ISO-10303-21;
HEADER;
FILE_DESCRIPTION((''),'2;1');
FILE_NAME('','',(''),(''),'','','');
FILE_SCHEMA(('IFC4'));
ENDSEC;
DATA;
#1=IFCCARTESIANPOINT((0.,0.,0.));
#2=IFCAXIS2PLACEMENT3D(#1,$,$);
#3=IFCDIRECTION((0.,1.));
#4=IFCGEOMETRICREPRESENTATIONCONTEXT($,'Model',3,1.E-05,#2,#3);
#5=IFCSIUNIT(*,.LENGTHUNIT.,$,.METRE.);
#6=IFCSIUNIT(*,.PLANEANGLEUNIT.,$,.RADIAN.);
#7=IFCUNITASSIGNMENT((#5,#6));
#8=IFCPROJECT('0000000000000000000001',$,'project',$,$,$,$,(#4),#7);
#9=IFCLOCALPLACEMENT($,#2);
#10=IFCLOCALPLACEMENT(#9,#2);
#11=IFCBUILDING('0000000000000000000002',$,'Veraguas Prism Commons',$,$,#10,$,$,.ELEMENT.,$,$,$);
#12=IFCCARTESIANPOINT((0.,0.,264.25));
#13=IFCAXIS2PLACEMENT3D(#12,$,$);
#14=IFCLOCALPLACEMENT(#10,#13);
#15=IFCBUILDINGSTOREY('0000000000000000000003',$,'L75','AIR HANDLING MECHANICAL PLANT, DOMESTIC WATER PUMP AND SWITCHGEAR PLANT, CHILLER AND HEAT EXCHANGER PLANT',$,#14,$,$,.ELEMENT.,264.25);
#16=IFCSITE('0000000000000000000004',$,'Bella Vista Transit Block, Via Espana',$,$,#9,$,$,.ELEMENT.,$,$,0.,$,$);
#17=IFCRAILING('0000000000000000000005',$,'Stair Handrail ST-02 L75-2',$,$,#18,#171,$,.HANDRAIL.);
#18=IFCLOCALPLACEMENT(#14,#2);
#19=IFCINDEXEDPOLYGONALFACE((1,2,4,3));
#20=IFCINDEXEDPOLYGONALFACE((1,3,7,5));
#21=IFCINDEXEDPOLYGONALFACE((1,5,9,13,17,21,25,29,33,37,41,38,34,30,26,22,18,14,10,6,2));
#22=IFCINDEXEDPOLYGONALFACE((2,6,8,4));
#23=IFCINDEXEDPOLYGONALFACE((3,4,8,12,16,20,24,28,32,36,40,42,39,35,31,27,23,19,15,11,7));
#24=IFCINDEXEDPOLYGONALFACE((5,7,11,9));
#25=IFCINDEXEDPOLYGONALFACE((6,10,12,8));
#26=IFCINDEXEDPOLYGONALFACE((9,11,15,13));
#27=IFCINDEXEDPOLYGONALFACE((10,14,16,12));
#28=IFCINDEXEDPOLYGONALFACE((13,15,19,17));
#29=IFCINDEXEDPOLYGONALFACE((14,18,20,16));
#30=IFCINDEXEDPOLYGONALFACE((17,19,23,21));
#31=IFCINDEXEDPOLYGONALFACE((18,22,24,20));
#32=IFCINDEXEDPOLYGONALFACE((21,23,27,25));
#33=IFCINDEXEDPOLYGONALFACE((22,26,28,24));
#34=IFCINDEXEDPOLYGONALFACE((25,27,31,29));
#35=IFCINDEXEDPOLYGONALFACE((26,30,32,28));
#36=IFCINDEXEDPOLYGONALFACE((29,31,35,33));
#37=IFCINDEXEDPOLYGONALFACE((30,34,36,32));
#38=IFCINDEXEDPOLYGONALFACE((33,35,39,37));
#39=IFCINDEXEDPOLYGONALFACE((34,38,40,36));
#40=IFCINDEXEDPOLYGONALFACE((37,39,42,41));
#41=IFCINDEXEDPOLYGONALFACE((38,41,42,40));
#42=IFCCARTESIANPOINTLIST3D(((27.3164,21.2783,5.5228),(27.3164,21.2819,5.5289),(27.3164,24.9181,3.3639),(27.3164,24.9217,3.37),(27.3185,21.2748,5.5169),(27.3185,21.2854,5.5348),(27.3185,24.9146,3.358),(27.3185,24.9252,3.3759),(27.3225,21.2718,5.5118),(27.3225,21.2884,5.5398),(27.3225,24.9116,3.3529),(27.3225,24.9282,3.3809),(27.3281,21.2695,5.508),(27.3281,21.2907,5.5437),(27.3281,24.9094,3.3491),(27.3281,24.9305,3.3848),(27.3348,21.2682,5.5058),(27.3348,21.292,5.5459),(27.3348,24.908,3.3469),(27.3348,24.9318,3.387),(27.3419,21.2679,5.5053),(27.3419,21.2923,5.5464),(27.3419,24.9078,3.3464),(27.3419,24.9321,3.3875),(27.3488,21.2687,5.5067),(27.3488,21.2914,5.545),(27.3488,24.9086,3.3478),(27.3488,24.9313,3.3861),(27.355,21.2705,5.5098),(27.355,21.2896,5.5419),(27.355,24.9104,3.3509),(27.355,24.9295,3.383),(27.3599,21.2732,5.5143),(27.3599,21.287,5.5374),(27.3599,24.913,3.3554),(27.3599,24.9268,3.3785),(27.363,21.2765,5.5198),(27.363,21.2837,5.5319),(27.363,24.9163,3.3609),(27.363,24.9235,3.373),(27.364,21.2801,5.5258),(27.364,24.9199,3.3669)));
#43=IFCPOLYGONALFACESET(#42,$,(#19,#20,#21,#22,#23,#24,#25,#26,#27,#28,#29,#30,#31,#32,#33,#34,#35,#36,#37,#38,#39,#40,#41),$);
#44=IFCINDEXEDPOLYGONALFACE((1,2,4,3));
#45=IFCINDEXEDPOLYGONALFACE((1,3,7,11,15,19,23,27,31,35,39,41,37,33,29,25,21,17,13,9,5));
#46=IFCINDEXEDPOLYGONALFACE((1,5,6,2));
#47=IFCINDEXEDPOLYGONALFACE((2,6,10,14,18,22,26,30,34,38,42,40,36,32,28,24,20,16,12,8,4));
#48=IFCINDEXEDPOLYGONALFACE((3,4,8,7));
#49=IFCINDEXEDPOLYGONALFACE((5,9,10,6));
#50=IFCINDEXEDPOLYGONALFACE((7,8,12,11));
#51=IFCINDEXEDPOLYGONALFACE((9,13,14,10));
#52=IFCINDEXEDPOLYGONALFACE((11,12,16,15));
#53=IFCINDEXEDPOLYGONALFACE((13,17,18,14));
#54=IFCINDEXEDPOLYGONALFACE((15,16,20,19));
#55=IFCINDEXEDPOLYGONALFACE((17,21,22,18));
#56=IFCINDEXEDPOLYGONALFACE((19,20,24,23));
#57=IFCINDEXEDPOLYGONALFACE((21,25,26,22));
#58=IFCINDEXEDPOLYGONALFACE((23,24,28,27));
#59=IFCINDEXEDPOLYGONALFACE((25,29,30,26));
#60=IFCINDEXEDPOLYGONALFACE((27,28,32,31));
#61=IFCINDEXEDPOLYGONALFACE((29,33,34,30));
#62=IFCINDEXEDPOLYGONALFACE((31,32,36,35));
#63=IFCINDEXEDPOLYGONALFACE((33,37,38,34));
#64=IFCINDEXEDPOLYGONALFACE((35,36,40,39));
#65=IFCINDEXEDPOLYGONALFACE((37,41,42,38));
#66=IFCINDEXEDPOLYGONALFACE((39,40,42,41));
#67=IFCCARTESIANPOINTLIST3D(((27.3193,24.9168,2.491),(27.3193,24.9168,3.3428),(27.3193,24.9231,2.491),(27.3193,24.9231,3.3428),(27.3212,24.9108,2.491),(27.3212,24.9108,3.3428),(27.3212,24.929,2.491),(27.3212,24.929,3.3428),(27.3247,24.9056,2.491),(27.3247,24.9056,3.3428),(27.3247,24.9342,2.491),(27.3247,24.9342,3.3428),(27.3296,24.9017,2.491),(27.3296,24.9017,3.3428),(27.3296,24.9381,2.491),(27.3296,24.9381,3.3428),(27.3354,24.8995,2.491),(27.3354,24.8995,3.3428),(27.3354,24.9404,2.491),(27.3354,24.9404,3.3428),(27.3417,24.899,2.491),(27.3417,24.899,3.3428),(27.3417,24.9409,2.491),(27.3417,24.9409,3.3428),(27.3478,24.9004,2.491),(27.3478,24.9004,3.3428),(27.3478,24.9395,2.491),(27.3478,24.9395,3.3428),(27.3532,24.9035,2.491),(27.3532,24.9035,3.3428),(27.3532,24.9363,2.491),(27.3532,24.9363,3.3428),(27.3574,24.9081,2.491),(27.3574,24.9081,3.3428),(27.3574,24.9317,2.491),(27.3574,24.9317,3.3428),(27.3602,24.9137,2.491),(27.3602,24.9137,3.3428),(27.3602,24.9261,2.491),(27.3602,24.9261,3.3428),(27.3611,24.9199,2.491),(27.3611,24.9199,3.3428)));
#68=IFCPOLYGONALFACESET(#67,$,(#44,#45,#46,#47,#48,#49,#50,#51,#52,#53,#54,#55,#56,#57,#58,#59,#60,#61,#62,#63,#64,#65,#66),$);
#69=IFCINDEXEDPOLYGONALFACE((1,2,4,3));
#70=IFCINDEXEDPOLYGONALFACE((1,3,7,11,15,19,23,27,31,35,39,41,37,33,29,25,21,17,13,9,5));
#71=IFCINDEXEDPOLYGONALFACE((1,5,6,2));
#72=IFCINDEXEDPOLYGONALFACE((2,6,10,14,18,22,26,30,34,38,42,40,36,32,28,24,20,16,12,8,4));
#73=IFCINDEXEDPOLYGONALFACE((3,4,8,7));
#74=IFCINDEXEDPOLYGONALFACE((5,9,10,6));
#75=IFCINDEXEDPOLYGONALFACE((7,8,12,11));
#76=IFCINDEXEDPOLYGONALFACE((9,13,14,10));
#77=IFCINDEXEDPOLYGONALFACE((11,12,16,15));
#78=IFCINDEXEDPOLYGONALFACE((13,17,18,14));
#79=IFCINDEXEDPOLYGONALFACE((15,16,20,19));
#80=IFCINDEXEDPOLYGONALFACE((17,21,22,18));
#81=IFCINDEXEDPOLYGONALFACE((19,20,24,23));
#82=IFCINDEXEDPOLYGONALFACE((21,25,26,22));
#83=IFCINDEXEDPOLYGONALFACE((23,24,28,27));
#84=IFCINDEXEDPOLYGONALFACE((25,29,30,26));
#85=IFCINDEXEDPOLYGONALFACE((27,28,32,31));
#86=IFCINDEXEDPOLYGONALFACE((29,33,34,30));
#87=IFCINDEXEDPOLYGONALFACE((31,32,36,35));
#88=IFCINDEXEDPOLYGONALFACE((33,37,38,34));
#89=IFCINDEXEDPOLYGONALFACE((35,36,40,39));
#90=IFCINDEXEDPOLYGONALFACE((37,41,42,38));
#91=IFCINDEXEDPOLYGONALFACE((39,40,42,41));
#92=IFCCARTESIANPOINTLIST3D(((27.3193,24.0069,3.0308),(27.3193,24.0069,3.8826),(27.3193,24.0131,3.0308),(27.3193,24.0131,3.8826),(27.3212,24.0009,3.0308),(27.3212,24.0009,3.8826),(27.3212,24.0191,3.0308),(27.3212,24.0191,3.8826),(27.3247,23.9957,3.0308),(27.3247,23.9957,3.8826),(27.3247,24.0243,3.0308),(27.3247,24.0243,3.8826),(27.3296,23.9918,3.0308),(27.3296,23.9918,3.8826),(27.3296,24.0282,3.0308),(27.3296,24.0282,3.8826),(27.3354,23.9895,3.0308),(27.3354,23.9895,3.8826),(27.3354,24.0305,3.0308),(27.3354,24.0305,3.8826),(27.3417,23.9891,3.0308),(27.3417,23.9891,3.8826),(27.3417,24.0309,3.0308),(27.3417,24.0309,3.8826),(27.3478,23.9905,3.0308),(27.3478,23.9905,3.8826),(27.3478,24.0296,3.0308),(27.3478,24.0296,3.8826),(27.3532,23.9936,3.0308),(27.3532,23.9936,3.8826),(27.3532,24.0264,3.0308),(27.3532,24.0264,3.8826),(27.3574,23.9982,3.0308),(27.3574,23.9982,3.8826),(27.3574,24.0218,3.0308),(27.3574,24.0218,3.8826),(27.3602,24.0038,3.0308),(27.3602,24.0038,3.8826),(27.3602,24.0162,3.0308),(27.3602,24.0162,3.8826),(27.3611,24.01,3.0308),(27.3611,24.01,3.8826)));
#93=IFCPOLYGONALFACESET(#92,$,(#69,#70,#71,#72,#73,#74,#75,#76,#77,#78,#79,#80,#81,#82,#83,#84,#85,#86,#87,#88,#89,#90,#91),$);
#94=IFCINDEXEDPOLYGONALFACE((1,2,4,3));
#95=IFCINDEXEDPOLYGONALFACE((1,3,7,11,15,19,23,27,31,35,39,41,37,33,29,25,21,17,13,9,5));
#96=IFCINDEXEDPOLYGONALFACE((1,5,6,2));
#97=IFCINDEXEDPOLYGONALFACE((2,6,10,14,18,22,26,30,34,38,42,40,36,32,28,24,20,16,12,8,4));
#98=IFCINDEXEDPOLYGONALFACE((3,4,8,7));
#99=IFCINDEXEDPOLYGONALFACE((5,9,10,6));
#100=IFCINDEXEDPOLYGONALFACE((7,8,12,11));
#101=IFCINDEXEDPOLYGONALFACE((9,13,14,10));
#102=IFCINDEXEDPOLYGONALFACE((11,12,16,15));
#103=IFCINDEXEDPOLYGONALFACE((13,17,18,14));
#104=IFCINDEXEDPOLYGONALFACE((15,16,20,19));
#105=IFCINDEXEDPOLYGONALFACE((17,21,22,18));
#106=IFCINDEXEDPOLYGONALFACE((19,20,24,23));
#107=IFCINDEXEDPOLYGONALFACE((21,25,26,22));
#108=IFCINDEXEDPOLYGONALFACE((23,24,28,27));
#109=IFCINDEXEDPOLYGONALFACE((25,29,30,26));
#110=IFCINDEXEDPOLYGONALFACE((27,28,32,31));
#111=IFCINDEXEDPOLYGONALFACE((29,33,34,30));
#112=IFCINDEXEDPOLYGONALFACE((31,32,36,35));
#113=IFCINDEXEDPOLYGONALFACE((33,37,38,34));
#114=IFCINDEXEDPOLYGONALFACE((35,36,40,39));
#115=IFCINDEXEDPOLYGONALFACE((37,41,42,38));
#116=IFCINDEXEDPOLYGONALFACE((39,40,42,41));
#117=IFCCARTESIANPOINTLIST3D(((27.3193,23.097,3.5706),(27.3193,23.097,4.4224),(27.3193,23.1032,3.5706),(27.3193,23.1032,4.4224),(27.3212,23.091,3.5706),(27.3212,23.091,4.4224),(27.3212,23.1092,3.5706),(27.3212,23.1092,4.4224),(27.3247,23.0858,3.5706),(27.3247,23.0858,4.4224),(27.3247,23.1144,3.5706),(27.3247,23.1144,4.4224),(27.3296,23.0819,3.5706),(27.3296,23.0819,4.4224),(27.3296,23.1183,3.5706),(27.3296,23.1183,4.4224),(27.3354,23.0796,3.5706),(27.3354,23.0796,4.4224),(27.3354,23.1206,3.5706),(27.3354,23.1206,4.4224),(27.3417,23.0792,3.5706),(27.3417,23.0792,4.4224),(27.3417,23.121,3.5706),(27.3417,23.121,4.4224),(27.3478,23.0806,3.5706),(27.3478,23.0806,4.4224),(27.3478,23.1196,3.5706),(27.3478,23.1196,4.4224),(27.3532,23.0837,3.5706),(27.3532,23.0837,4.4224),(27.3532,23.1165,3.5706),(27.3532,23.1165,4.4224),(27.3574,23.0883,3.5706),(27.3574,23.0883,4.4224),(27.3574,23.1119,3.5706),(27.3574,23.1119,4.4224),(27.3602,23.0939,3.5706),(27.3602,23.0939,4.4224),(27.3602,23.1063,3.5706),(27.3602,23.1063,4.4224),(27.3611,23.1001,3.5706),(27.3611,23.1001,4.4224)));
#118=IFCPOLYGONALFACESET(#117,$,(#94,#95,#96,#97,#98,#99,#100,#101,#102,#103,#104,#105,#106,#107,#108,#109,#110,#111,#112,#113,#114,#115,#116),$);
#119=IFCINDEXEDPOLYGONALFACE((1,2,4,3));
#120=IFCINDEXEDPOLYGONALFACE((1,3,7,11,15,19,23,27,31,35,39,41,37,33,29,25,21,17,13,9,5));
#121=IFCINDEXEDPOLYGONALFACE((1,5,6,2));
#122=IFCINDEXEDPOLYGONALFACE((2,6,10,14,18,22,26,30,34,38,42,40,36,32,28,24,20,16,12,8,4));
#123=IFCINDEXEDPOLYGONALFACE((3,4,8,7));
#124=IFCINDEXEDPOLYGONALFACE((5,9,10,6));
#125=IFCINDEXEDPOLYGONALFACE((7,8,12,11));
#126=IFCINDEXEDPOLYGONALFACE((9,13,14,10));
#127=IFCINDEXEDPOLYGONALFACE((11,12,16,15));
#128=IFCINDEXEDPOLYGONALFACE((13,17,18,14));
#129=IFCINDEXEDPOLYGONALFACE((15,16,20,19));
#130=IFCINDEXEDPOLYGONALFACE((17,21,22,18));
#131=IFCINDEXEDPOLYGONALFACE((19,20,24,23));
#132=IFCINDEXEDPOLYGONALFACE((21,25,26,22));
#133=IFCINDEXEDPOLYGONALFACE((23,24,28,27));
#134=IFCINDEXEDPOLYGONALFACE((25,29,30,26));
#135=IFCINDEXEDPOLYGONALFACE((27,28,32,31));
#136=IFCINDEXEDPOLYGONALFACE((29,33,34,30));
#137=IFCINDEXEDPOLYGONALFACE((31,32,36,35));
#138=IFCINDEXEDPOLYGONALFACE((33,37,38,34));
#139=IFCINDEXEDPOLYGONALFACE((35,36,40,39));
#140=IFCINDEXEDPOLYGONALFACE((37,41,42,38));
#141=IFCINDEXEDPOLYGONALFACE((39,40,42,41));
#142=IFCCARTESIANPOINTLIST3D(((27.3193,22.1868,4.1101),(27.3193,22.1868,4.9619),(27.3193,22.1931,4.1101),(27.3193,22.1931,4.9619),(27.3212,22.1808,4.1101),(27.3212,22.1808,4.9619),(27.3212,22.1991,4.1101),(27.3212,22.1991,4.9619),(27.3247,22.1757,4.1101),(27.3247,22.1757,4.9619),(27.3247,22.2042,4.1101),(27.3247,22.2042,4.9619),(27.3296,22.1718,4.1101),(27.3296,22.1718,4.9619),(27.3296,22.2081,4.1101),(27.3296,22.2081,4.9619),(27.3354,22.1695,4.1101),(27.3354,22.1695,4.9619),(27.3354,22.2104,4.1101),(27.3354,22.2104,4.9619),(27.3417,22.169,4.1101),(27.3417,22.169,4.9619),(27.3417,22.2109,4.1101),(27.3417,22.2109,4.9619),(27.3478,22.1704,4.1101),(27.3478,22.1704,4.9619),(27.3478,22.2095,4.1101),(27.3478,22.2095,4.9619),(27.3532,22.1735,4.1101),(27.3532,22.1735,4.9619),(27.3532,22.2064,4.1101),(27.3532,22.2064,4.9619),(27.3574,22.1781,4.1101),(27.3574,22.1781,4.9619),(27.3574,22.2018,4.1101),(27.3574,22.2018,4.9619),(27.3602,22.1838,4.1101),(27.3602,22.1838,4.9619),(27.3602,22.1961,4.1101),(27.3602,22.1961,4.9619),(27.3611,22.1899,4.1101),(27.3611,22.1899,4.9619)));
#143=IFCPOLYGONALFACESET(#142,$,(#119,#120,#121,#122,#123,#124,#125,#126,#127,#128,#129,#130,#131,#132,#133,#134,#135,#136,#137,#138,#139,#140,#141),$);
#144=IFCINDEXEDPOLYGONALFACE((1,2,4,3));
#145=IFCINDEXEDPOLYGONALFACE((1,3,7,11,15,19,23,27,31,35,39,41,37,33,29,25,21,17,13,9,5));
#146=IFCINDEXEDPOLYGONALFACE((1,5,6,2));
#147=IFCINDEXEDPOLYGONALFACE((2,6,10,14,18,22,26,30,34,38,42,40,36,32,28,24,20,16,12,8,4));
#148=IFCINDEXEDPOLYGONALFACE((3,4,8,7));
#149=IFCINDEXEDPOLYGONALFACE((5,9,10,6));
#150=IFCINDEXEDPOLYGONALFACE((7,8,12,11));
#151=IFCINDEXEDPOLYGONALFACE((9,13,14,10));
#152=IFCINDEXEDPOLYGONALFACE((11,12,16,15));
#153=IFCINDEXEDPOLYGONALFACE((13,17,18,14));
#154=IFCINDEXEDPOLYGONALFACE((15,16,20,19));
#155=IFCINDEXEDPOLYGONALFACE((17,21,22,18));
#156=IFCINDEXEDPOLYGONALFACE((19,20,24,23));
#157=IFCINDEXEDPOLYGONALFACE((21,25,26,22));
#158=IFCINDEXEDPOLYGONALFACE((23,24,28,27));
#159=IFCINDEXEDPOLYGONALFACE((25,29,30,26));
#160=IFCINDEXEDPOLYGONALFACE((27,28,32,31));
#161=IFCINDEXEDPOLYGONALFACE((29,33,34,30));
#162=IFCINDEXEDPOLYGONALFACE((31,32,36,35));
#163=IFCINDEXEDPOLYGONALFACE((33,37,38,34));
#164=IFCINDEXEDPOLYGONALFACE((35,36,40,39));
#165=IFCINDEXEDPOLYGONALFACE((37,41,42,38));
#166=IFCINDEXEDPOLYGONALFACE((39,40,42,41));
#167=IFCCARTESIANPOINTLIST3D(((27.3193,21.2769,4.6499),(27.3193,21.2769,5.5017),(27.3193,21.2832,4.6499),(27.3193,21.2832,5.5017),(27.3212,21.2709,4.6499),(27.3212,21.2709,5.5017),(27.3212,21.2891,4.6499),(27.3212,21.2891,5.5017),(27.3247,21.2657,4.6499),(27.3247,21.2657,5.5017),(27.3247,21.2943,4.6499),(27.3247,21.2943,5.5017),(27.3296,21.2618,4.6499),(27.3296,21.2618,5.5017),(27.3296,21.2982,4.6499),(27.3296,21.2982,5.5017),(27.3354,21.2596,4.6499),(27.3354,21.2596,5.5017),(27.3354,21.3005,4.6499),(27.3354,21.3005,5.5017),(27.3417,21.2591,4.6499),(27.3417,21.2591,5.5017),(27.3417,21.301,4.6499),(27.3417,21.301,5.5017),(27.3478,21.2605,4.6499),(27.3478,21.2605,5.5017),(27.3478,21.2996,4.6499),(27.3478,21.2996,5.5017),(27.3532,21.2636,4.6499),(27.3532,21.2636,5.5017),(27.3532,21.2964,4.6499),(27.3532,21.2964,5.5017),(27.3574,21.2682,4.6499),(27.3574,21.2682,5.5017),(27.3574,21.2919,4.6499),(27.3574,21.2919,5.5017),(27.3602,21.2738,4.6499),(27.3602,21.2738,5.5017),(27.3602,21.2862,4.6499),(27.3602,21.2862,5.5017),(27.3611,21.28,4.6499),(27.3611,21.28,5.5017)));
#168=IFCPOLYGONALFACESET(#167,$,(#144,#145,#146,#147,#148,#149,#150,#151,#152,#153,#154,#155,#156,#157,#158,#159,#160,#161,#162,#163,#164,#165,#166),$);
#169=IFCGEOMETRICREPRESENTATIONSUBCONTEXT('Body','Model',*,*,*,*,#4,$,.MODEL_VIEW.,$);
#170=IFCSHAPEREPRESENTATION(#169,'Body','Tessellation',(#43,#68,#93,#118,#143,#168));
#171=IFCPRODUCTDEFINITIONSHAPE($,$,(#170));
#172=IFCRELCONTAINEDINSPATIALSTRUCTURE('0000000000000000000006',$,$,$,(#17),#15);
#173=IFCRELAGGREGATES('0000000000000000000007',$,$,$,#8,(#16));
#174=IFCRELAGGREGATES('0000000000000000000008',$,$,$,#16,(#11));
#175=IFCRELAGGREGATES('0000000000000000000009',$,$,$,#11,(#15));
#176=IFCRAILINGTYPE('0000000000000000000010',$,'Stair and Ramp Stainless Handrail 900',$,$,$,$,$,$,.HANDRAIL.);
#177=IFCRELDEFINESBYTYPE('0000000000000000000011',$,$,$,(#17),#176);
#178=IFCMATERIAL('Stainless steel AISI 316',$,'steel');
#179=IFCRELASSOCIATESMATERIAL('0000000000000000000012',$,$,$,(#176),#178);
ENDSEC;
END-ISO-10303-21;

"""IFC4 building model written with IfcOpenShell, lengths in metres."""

from ifc_helpers import new_model, si_unit, direction, frame, origin, origin_2d, place, context, subcontext, project, spatial, circle, extrude, material, type_object, element, save


model = new_model("IFC4")

# Units and contexts
model_context = context("Model", 3, precision=1e-05, world=origin(), true_north=direction((0.0, 1.0)))
body_context = subcontext(model_context, "Body", "Model", "MODEL_VIEW")
ifc_project = project(units=[si_unit("LENGTHUNIT", "METRE"), si_unit("PLANEANGLEUNIT", "RADIAN")], contexts=[model_context])

# Site, building, storey
site_placement = place(None, origin())
site = spatial("IfcSite", under=ifc_project, at=site_placement, Name="Bella Vista Transit Block, Via Espana", CompositionType="ELEMENT", RefElevation=0.0)
building_placement = place(site_placement, origin())
building = spatial("IfcBuilding", under=site, at=building_placement, Name="Veraguas Prism Commons", CompositionType="ELEMENT")
storey_placement = place(building_placement, frame((0.0, 0.0, 264.25)))
storey = spatial("IfcBuildingStorey", under=building, at=storey_placement, Name="L75", Description="AIR HANDLING MECHANICAL PLANT, DOMESTIC WATER PUMP AND SWITCHGEAR PLANT, CHILLER AND HEAT EXCHANGER PLANT", CompositionType="ELEMENT", Elevation=264.25)

# Shared definitions
ifc_material_1 = material(Name="Stainless steel AISI 316", Category="steel")

# Railing
railing_type_1 = type_object("IfcRailingType", Name="Stair and Ramp Stainless Handrail 900", PredefinedType="HANDRAIL", material=ifc_material_1)
railing_1_placement = place(storey_placement, frame((27.3401, 24.9199, 2.491)))
element("IfcRailing", 1, at=railing_1_placement, inside=storey, type_object=railing_type_1, Name="Stair Handrail ST-02 L75-2", PredefinedType="HANDRAIL", context=body_context, shape_type="SweptSolid", body=[
    extrude(circle(Radius=0.0239, at=origin_2d()), frame((0.0, 0.0, 0.876), z_axis=(0.0, -0.860088, 0.510145), x_axis=(1.0, 0.0, 0.0)), (0.0, 0.0, 1.0), 4.2319),
    extrude(circle(Radius=0.021, at=origin_2d()), origin(), (0.0, 0.0, 1.0), 0.8518),
    extrude(circle(Radius=0.021, at=origin_2d()), frame((0.0, -0.9099, 0.5398)), (0.0, 0.0, 1.0), 0.8518),
    extrude(circle(Radius=0.021, at=origin_2d()), frame((0.0, -1.8198, 1.0796)), (0.0, 0.0, 1.0), 0.8518),
    extrude(circle(Radius=0.021, at=origin_2d()), frame((0.0, -2.73, 1.6191)), (0.0, 0.0, 1.0), 0.8518),
    extrude(circle(Radius=0.021, at=origin_2d()), frame((0.0, -3.6399, 2.1589)), (0.0, 0.0, 1.0), 0.8518),
])

save(model, "model.ifc")
